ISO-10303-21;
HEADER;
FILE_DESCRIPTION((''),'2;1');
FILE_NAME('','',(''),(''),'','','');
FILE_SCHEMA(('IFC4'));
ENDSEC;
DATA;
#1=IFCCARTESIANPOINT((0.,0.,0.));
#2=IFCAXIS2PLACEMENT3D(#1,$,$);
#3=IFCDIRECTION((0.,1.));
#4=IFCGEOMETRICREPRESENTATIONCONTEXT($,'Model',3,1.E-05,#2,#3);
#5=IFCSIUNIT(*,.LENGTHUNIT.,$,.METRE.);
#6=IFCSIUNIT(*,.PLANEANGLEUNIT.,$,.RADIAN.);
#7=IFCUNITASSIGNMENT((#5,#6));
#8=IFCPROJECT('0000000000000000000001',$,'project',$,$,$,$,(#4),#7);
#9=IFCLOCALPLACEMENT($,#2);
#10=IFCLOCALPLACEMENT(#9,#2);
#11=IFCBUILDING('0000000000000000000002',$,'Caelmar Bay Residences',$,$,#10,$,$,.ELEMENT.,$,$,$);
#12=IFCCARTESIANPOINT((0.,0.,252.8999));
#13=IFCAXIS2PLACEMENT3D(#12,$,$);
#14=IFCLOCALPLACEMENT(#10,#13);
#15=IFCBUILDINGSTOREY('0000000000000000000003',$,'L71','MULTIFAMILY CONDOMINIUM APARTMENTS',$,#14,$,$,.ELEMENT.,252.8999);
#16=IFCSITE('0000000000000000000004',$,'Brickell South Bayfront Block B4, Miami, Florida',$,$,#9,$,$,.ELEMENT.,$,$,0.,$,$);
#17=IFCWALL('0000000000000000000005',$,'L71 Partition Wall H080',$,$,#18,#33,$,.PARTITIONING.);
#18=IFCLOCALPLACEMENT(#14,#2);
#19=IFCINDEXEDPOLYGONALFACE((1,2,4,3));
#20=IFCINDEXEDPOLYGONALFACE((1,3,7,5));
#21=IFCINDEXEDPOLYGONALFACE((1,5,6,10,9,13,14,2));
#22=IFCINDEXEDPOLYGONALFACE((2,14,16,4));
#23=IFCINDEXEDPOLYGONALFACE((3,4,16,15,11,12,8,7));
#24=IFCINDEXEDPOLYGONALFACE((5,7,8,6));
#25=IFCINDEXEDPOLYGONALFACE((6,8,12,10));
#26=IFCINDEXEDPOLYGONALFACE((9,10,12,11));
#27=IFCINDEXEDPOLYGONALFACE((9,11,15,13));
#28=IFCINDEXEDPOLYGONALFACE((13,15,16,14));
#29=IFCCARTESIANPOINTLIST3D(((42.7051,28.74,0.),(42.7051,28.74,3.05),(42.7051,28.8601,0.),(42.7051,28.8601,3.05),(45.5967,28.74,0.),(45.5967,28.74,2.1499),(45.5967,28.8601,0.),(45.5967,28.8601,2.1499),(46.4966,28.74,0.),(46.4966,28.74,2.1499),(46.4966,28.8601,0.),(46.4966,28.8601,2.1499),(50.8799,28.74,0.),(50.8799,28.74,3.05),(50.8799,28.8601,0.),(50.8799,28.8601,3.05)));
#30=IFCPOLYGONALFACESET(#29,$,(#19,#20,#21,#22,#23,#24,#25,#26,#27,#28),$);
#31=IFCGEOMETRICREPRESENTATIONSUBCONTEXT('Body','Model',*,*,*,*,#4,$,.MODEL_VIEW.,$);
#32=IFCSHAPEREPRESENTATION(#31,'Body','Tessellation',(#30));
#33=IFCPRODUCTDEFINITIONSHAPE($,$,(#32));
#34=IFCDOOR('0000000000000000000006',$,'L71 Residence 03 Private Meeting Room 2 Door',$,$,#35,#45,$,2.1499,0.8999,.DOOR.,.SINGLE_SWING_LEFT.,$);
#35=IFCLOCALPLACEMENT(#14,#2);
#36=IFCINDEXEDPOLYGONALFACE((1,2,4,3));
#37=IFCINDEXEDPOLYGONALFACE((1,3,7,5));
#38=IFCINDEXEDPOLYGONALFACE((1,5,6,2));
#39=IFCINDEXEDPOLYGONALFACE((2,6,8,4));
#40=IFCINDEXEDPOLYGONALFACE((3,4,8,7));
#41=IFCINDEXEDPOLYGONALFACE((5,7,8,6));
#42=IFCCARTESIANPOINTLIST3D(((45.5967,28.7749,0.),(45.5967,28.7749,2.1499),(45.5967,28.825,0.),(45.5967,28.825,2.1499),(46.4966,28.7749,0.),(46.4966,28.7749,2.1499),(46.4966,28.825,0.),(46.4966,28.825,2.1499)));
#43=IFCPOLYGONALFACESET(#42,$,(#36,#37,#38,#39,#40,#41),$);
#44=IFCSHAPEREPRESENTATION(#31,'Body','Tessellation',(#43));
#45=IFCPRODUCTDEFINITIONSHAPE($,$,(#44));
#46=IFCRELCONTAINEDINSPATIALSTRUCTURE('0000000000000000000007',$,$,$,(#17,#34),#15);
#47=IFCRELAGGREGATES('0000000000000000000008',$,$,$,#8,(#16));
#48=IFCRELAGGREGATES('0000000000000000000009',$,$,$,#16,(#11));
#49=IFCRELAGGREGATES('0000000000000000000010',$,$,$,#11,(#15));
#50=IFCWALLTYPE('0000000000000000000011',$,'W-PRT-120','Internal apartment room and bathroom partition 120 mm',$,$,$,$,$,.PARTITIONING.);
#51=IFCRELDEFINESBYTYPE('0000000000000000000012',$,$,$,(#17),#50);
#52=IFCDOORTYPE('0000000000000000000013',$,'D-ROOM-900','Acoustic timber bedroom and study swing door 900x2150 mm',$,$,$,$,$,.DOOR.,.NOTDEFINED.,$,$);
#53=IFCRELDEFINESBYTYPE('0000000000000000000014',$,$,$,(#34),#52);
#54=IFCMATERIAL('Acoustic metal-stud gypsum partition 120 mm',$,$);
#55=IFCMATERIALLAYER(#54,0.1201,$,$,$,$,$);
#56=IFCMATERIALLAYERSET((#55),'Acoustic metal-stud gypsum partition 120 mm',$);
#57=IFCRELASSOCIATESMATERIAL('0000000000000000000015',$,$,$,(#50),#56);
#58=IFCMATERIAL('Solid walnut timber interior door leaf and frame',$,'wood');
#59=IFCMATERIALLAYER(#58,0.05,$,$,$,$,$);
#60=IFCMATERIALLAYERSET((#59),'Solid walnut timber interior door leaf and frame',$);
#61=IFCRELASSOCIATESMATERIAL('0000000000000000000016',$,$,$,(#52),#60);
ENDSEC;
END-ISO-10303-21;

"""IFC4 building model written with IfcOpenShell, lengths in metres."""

from ifc_helpers import new_model, si_unit, direction, frame, frame_2d, origin, place, context, subcontext, project, spatial, rectangle, extrude, material, layer, layer_set, type_object, element, fill, save


model = new_model("IFC4")

# Units and contexts
model_context = context("Model", 3, precision=1e-05, world=origin(), true_north=direction((0.0, 1.0)))
body_context = subcontext(model_context, "Body", "Model", "MODEL_VIEW")
ifc_project = project(units=[si_unit("LENGTHUNIT", "METRE"), si_unit("PLANEANGLEUNIT", "RADIAN")], contexts=[model_context])

# Site, building, storey
site_placement = place(None, origin())
site = spatial("IfcSite", under=ifc_project, at=site_placement, Name="Brickell South Bayfront Block B4, Miami, Florida", CompositionType="ELEMENT", RefElevation=0.0)
building_placement = place(site_placement, origin())
building = spatial("IfcBuilding", under=site, at=building_placement, Name="Caelmar Bay Residences", CompositionType="ELEMENT")
storey_placement = place(building_placement, frame((0.0, 0.0, 252.8999)))
storey = spatial("IfcBuildingStorey", under=building, at=storey_placement, Name="L71", Description="MULTIFAMILY CONDOMINIUM APARTMENTS", CompositionType="ELEMENT", Elevation=252.8999)

# Shared definitions
ifc_material_1 = material(Name="Acoustic metal-stud gypsum partition 120 mm")
ifc_layer_1 = layer(ifc_material_1, 0.1201)
ifc_layer_set_1 = layer_set([ifc_layer_1], Name="Acoustic metal-stud gypsum partition 120 mm")
wall_type_1 = type_object("IfcWallType", Name="W-PRT-120", Description="Internal apartment room and bathroom partition 120 mm", PredefinedType="PARTITIONING", material=ifc_layer_set_1)

# Shared definitions
ifc_material_2 = material(Name="Solid walnut timber interior door leaf and frame", Category="wood")

# Wall, opening, door
ifc_layer_2 = layer(ifc_material_2, 0.05)
ifc_layer_set_2 = layer_set([ifc_layer_2], Name="Solid walnut timber interior door leaf and frame")
door_type_1 = type_object("IfcDoorType", Name="D-ROOM-900", Description="Acoustic timber bedroom and study swing door 900x2150 mm", OperationType="NOTDEFINED", PredefinedType="DOOR", material=ifc_layer_set_2)
wall_1_placement = place(storey_placement, frame((42.7051, 28.8, 0.0), z_axis=(0.0, 0.0, 1.0), x_axis=(1.0, 0.0, 0.0)))
wall_1 = element("IfcWall", 1, at=wall_1_placement, inside=storey, type_object=wall_type_1, Name="L71 Partition Wall H080", PredefinedType="PARTITIONING", context=body_context, shape_type="SweptSolid", body=[
    extrude(rectangle(XDim=8.1748, YDim=0.1201, at=frame_2d((4.0874, 0.0))), origin(), (0.0, 0.0, 1.0), 3.05),
])
opening_1_placement = place(wall_1_placement, frame((2.8916, 0.0, 0.0)))
opening_1 = element("IfcOpeningElement", 2, at=opening_1_placement, cuts=wall_1, PredefinedType="OPENING", context=body_context, shape_type="SweptSolid", body=[
    extrude(rectangle(XDim=0.8999, YDim=2.1499, at=frame_2d((0.45, 1.075))), frame((0.0, 0.0701, 0.0), z_axis=(0.0, -1.0, 0.0), x_axis=(1.0, 0.0, 0.0)), (0.0, 0.0, 1.0), 0.1401),
])
door_1_placement = place(opening_1_placement, origin())
door_1 = element("IfcDoor", 3, at=door_1_placement, inside=storey, type_object=door_type_1, Name="L71 Residence 03 Private Meeting Room 2 Door", OperationType="SINGLE_SWING_LEFT", OverallHeight=2.1499, OverallWidth=0.8999, PredefinedType="DOOR", context=body_context, shape_type="SweptSolid", body=[
    extrude(rectangle(XDim=0.8999, YDim=2.1499, at=frame_2d((0.45, 1.075))), frame((0.0, 0.0249, 0.0), z_axis=(0.0, -1.0, 0.0), x_axis=(1.0, 0.0, 0.0)), (0.0, 0.0, 1.0), 0.05),
])
fill(opening_1, door_1)

save(model, "model.ifc")
